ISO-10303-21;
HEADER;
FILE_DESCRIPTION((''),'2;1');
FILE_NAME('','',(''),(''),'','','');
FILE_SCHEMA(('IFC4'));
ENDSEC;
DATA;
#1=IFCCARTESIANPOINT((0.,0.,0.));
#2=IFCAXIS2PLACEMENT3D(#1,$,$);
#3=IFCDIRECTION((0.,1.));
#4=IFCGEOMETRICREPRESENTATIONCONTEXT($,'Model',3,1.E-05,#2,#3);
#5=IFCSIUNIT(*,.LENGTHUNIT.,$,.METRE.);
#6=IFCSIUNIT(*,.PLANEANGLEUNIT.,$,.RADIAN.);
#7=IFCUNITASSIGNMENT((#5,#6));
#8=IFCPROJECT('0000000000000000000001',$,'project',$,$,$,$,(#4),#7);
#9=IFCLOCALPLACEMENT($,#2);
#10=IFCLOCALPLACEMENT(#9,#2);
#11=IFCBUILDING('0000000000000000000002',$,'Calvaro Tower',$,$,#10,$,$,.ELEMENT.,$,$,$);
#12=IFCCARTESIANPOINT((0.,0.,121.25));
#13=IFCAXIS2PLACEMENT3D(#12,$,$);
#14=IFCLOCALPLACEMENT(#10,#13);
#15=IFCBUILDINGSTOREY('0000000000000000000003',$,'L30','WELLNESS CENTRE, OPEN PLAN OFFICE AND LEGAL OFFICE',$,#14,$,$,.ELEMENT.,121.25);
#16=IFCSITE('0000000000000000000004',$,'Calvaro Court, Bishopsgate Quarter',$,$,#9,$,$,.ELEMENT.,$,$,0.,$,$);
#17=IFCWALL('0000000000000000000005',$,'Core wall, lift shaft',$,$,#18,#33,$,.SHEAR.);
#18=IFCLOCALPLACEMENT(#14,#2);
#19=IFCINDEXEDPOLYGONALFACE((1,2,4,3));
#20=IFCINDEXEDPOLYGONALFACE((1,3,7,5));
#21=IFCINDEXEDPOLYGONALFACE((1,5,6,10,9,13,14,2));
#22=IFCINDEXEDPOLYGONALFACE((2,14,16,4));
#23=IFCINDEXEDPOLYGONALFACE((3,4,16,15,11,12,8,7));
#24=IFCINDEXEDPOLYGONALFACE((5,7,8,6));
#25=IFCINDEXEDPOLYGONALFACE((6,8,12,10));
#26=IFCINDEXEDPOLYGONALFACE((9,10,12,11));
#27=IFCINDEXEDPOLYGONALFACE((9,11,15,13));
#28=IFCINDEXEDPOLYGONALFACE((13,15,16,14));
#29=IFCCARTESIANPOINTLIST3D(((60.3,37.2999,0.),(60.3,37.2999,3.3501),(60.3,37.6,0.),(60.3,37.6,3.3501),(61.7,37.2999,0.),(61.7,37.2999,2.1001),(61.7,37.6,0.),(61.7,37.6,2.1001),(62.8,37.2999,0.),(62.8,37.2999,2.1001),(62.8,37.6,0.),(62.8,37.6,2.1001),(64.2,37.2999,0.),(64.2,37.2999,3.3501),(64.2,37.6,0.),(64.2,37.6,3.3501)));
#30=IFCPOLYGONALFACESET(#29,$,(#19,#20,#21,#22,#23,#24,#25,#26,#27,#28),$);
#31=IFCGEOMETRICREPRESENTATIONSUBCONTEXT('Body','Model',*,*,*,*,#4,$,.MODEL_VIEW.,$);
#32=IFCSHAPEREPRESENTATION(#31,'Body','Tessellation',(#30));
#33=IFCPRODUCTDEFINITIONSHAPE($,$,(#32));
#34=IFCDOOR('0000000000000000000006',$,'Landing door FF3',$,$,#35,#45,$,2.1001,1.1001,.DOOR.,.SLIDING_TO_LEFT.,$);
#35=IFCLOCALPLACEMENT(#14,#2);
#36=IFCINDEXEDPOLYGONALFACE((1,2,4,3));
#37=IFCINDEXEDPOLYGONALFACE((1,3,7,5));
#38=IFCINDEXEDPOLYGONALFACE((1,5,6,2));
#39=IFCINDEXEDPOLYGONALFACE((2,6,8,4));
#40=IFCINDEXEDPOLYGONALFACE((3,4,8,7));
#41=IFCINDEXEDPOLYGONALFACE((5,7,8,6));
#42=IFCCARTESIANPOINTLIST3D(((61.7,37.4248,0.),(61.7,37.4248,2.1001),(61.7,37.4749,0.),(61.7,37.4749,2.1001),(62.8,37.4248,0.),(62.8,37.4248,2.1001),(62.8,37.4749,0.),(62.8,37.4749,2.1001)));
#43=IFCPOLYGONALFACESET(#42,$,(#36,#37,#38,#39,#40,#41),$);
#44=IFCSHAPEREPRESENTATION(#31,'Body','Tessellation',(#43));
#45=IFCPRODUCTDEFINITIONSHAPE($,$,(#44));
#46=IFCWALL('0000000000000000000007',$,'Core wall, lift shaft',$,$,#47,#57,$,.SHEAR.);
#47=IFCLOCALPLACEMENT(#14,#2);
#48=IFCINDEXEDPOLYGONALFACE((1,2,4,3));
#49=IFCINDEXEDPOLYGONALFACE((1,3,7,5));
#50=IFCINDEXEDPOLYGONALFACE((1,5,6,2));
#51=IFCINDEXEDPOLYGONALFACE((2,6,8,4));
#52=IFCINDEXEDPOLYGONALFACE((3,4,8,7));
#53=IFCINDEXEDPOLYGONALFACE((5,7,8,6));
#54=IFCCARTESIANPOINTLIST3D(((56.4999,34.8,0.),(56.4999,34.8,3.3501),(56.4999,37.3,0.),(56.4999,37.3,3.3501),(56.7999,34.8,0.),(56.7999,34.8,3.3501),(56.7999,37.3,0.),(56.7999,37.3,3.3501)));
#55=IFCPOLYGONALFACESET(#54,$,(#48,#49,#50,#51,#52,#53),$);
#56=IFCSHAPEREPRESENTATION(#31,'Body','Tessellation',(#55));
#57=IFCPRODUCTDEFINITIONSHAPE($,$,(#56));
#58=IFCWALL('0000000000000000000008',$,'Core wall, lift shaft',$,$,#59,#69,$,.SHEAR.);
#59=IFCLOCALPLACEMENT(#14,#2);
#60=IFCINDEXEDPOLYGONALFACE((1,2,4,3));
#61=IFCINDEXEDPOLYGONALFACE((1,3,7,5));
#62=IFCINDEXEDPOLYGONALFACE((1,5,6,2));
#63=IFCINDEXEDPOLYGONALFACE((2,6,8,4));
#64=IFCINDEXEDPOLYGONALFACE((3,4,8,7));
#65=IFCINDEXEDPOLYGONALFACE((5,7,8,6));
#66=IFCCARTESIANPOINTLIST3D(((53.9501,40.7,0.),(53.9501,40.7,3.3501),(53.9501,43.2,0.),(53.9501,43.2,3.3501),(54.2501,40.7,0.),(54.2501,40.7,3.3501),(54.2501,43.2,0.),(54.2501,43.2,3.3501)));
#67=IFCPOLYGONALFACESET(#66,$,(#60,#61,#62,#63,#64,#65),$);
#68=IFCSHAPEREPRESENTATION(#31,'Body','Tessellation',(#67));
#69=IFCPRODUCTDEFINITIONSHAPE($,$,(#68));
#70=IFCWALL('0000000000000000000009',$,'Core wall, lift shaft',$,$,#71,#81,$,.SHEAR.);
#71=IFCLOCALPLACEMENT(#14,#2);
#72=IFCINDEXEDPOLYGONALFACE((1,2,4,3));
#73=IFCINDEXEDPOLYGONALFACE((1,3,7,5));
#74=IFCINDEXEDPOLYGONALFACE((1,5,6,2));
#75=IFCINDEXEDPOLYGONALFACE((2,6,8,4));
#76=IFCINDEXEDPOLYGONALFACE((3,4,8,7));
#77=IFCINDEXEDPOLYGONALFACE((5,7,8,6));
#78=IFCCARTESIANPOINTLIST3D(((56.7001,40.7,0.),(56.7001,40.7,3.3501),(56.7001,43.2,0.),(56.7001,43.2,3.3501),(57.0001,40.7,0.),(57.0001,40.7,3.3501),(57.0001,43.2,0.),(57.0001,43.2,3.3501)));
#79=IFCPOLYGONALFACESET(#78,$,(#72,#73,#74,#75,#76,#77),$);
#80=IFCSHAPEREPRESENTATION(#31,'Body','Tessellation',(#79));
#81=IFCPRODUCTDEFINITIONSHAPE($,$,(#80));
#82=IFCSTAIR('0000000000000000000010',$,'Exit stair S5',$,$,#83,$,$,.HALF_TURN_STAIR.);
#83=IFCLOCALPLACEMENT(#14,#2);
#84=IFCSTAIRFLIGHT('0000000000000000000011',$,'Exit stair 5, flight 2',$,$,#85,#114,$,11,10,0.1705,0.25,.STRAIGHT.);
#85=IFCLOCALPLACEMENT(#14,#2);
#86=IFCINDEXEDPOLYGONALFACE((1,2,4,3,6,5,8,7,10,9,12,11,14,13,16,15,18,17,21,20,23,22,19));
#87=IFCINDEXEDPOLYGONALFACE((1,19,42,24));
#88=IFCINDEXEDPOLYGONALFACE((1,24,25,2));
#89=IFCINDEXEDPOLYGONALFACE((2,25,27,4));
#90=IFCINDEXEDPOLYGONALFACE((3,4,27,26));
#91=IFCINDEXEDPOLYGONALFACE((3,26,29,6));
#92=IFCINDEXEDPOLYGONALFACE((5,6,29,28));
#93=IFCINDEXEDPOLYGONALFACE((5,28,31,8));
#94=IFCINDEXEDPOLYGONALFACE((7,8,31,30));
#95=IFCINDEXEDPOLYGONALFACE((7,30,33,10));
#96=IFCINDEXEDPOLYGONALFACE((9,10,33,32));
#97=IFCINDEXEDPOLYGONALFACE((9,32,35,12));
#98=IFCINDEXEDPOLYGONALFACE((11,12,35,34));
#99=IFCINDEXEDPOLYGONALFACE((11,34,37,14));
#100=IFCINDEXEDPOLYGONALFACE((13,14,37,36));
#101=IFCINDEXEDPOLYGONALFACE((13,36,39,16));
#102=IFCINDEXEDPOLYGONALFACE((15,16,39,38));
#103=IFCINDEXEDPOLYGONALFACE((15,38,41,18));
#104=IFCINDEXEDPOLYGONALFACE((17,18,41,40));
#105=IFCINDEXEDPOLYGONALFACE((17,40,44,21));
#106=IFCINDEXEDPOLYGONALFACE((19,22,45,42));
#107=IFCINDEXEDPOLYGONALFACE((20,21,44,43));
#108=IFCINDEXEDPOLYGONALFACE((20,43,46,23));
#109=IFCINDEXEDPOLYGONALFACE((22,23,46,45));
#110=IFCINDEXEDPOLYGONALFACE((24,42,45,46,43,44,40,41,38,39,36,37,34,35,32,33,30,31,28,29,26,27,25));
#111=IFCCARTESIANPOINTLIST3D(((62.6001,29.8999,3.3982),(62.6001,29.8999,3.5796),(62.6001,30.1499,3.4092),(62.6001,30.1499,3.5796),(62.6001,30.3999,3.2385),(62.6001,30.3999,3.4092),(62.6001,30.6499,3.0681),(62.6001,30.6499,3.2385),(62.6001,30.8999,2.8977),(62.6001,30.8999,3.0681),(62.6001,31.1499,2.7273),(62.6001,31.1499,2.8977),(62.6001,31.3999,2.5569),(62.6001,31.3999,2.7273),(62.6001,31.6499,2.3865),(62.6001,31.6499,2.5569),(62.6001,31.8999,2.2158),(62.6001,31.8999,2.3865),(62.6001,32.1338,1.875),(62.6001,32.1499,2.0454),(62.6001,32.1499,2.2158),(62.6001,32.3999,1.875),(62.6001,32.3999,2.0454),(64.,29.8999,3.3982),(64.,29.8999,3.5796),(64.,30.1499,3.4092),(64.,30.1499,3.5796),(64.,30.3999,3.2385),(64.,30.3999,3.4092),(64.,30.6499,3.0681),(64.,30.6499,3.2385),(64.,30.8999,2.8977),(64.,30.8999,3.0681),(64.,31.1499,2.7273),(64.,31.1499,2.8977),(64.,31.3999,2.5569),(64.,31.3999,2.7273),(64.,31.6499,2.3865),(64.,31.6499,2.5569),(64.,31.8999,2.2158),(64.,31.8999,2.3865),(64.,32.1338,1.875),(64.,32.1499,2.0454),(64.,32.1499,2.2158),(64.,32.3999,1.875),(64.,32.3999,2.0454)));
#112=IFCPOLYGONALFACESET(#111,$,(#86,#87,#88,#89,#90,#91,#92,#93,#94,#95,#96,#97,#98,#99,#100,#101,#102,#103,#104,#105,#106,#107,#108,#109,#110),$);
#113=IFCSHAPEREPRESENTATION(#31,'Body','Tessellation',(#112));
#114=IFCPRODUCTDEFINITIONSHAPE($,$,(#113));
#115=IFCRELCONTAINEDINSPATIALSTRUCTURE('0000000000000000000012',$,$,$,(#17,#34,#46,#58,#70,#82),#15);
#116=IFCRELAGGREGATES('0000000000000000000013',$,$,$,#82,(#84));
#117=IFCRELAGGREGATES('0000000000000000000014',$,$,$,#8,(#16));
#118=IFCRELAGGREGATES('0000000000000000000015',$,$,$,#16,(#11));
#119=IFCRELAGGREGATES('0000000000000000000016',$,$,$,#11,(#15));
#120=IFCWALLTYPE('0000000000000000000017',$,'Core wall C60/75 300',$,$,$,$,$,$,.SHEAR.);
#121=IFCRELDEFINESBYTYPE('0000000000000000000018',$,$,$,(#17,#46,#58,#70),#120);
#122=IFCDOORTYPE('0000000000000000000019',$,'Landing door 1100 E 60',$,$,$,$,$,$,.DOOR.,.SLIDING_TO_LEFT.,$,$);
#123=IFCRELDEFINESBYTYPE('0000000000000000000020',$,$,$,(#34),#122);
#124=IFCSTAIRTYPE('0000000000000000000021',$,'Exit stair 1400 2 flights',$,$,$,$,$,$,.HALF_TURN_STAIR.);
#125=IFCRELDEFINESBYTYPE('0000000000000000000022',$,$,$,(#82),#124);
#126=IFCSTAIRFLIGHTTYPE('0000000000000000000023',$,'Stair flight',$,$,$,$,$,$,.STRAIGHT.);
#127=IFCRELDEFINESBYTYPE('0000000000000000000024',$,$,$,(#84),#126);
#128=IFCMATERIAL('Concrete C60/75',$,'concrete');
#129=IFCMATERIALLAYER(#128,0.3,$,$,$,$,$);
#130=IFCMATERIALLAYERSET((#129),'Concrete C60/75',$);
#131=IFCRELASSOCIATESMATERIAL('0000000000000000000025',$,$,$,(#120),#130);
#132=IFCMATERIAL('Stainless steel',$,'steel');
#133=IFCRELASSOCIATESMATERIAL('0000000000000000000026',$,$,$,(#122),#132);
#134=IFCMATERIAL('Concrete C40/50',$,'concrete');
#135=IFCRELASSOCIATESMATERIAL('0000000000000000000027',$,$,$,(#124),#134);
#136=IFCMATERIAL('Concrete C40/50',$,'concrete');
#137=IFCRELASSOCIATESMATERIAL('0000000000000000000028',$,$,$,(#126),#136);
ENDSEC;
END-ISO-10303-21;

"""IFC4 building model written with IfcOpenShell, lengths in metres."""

from ifc_helpers import new_model, si_unit, direction, frame, frame_2d, origin, place, context, subcontext, project, spatial, polyline, rectangle, outline, extrude, material, layer, layer_set, type_object, element, fill, aggregate, save


model = new_model("IFC4")

# Units and contexts
model_context = context("Model", 3, precision=1e-05, world=origin(), true_north=direction((0.0, 1.0)))
body_context = subcontext(model_context, "Body", "Model", "MODEL_VIEW")
ifc_project = project(units=[si_unit("LENGTHUNIT", "METRE"), si_unit("PLANEANGLEUNIT", "RADIAN")], contexts=[model_context])

# Site, building, storey
site_placement = place(None, origin())
site = spatial("IfcSite", under=ifc_project, at=site_placement, Name="Calvaro Court, Bishopsgate Quarter", CompositionType="ELEMENT", RefElevation=0.0)
building_placement = place(site_placement, origin())
building = spatial("IfcBuilding", under=site, at=building_placement, Name="Calvaro Tower", CompositionType="ELEMENT")
storey_placement = place(building_placement, frame((0.0, 0.0, 121.25)))
storey = spatial("IfcBuildingStorey", under=building, at=storey_placement, Name="L30", Description="WELLNESS CENTRE, OPEN PLAN OFFICE AND LEGAL OFFICE", CompositionType="ELEMENT", Elevation=121.25)

# Shared definitions
ifc_material_1 = material(Name="Concrete C60/75", Category="concrete")
ifc_layer_1 = layer(ifc_material_1, 0.3)
ifc_layer_set_1 = layer_set([ifc_layer_1], Name="Concrete C60/75")
wall_type_1 = type_object("IfcWallType", Name="Core wall C60/75 300", PredefinedType="SHEAR", material=ifc_layer_set_1)

# Wall, opening, door
wall_1_placement = place(storey_placement, frame((60.3, 37.45, 0.0), z_axis=(0.0, 0.0, 1.0), x_axis=(1.0, 0.0, 0.0)))
wall_1 = element("IfcWall", 1, at=wall_1_placement, inside=storey, type_object=wall_type_1, Name="Core wall, lift shaft", PredefinedType="SHEAR", context=body_context, shape_type="SweptSolid", body=[
    extrude(rectangle(XDim=3.8999, YDim=0.3, at=frame_2d((1.95, 0.0))), origin(), (0.0, 0.0, 1.0), 3.3501),
])
opening_1_placement = place(wall_1_placement, frame((1.3999, 0.0, 0.0)))
opening_1 = element("IfcOpeningElement", 2, at=opening_1_placement, cuts=wall_1, PredefinedType="OPENING", context=body_context, shape_type="SweptSolid", body=[
    extrude(rectangle(XDim=1.1001, YDim=2.1001, at=frame_2d((0.55, 1.05))), frame((0.0, 0.1599, 0.0), z_axis=(0.0, -1.0, 0.0), x_axis=(1.0, 0.0, 0.0)), (0.0, 0.0, 1.0), 0.3201),
])
ifc_material_2 = material(Name="Stainless steel", Category="steel")
door_type_1 = type_object("IfcDoorType", Name="Landing door 1100 E 60", OperationType="SLIDING_TO_LEFT", PredefinedType="DOOR", material=ifc_material_2)
door_1_placement = place(opening_1_placement, origin())
door_1 = element("IfcDoor", 3, at=door_1_placement, inside=storey, type_object=door_type_1, Name="Landing door FF3", OperationType="SLIDING_TO_LEFT", OverallHeight=2.1001, OverallWidth=1.1001, PredefinedType="DOOR", context=body_context, shape_type="SweptSolid", body=[
    extrude(rectangle(XDim=1.1001, YDim=2.1001, at=frame_2d((0.55, 1.05))), frame((0.0, 0.0249, 0.0), z_axis=(0.0, -1.0, 0.0), x_axis=(1.0, 0.0, 0.0)), (0.0, 0.0, 1.0), 0.05),
])
fill(opening_1, door_1)

# Walls
for number, where, z_axis, x_axis, name in (
    (4, (56.6499, 34.8, 0.0), (0.0, 0.0, 1.0), (0.0, 1.0, 0.0), "Core wall, lift shaft"),
    (5, (54.1001, 40.7, 0.0), (0.0, 0.0, 1.0), (0.0, 1.0, 0.0), "Core wall, lift shaft"),
    (6, (56.8501, 40.7, 0.0), (0.0, 0.0, 1.0), (0.0, 1.0, 0.0), "Core wall, lift shaft"),
):
    element("IfcWall", number, at=place(storey_placement, frame(where, z_axis=z_axis, x_axis=x_axis)), inside=storey, type_object=wall_type_1, Name=name, PredefinedType="SHEAR", context=body_context, shape_type="SweptSolid", body=[
        extrude(rectangle(XDim=2.5, YDim=0.3, at=frame_2d((1.25, 0.0))), origin(), (0.0, 0.0, 1.0), 3.3501),
    ])

# Stair, stair flight
ifc_material_3 = material(Name="Concrete C40/50", Category="concrete")
stair_type = type_object("IfcStairType", Name="Exit stair 1400 2 flights", PredefinedType="HALF_TURN_STAIR", material=ifc_material_3)
stair_1_placement = place(storey_placement, origin())
stair_1 = element("IfcStair", 7, at=stair_1_placement, inside=storey, type_object=stair_type, Name="Exit stair S5", PredefinedType="HALF_TURN_STAIR")
ifc_material_4 = material(Name="Concrete C40/50", Category="concrete")
stair_flight_type = type_object("IfcStairFlightType", Name="Stair flight", PredefinedType="STRAIGHT", material=ifc_material_4)
stair_flight_placement = place(storey_placement, frame((63.3, 32.3999, 1.875), z_axis=(0.0, 0.0, 1.0), x_axis=(0.0, -1.0, 0.0)))
stair_flight = element("IfcStairFlight", 8, at=stair_flight_placement, type_object=stair_flight_type, Name="Exit stair 5, flight 2", NumberOfRisers=11, NumberOfTreads=10, PredefinedType="STRAIGHT", RiserHeight=0.1705, TreadLength=0.25, context=body_context, shape_type="SweptSolid", body=[
    extrude(outline(polyline([(0.0, 0.0), (0.0, 0.1704), (0.25, 0.1704), (0.25, 0.3408), (0.5, 0.3408), (0.5, 0.5115), (0.75, 0.5115), (0.75, 0.6819), (1.0, 0.6819), (1.0, 0.8523), (1.25, 0.8523), (1.25, 1.0227), (1.5, 1.0227), (1.5, 1.1931), (1.75, 1.1931), (1.75, 1.3635), (2.0, 1.3635), (2.0, 1.5342), (2.25, 1.5342), (2.25, 1.7046), (2.5, 1.7046), (2.5, 1.875), (2.5, 1.5232), (0.2661, 0.0), (0.0, 0.0)])), frame((0.0, 0.7, 0.0), z_axis=(0.0, -1.0, 0.0), x_axis=(1.0, 0.0, 0.0)), (0.0, 0.0, 1.0), 1.3999),
])

aggregate(stair_1, [stair_flight])

save(model, "model.ifc")
